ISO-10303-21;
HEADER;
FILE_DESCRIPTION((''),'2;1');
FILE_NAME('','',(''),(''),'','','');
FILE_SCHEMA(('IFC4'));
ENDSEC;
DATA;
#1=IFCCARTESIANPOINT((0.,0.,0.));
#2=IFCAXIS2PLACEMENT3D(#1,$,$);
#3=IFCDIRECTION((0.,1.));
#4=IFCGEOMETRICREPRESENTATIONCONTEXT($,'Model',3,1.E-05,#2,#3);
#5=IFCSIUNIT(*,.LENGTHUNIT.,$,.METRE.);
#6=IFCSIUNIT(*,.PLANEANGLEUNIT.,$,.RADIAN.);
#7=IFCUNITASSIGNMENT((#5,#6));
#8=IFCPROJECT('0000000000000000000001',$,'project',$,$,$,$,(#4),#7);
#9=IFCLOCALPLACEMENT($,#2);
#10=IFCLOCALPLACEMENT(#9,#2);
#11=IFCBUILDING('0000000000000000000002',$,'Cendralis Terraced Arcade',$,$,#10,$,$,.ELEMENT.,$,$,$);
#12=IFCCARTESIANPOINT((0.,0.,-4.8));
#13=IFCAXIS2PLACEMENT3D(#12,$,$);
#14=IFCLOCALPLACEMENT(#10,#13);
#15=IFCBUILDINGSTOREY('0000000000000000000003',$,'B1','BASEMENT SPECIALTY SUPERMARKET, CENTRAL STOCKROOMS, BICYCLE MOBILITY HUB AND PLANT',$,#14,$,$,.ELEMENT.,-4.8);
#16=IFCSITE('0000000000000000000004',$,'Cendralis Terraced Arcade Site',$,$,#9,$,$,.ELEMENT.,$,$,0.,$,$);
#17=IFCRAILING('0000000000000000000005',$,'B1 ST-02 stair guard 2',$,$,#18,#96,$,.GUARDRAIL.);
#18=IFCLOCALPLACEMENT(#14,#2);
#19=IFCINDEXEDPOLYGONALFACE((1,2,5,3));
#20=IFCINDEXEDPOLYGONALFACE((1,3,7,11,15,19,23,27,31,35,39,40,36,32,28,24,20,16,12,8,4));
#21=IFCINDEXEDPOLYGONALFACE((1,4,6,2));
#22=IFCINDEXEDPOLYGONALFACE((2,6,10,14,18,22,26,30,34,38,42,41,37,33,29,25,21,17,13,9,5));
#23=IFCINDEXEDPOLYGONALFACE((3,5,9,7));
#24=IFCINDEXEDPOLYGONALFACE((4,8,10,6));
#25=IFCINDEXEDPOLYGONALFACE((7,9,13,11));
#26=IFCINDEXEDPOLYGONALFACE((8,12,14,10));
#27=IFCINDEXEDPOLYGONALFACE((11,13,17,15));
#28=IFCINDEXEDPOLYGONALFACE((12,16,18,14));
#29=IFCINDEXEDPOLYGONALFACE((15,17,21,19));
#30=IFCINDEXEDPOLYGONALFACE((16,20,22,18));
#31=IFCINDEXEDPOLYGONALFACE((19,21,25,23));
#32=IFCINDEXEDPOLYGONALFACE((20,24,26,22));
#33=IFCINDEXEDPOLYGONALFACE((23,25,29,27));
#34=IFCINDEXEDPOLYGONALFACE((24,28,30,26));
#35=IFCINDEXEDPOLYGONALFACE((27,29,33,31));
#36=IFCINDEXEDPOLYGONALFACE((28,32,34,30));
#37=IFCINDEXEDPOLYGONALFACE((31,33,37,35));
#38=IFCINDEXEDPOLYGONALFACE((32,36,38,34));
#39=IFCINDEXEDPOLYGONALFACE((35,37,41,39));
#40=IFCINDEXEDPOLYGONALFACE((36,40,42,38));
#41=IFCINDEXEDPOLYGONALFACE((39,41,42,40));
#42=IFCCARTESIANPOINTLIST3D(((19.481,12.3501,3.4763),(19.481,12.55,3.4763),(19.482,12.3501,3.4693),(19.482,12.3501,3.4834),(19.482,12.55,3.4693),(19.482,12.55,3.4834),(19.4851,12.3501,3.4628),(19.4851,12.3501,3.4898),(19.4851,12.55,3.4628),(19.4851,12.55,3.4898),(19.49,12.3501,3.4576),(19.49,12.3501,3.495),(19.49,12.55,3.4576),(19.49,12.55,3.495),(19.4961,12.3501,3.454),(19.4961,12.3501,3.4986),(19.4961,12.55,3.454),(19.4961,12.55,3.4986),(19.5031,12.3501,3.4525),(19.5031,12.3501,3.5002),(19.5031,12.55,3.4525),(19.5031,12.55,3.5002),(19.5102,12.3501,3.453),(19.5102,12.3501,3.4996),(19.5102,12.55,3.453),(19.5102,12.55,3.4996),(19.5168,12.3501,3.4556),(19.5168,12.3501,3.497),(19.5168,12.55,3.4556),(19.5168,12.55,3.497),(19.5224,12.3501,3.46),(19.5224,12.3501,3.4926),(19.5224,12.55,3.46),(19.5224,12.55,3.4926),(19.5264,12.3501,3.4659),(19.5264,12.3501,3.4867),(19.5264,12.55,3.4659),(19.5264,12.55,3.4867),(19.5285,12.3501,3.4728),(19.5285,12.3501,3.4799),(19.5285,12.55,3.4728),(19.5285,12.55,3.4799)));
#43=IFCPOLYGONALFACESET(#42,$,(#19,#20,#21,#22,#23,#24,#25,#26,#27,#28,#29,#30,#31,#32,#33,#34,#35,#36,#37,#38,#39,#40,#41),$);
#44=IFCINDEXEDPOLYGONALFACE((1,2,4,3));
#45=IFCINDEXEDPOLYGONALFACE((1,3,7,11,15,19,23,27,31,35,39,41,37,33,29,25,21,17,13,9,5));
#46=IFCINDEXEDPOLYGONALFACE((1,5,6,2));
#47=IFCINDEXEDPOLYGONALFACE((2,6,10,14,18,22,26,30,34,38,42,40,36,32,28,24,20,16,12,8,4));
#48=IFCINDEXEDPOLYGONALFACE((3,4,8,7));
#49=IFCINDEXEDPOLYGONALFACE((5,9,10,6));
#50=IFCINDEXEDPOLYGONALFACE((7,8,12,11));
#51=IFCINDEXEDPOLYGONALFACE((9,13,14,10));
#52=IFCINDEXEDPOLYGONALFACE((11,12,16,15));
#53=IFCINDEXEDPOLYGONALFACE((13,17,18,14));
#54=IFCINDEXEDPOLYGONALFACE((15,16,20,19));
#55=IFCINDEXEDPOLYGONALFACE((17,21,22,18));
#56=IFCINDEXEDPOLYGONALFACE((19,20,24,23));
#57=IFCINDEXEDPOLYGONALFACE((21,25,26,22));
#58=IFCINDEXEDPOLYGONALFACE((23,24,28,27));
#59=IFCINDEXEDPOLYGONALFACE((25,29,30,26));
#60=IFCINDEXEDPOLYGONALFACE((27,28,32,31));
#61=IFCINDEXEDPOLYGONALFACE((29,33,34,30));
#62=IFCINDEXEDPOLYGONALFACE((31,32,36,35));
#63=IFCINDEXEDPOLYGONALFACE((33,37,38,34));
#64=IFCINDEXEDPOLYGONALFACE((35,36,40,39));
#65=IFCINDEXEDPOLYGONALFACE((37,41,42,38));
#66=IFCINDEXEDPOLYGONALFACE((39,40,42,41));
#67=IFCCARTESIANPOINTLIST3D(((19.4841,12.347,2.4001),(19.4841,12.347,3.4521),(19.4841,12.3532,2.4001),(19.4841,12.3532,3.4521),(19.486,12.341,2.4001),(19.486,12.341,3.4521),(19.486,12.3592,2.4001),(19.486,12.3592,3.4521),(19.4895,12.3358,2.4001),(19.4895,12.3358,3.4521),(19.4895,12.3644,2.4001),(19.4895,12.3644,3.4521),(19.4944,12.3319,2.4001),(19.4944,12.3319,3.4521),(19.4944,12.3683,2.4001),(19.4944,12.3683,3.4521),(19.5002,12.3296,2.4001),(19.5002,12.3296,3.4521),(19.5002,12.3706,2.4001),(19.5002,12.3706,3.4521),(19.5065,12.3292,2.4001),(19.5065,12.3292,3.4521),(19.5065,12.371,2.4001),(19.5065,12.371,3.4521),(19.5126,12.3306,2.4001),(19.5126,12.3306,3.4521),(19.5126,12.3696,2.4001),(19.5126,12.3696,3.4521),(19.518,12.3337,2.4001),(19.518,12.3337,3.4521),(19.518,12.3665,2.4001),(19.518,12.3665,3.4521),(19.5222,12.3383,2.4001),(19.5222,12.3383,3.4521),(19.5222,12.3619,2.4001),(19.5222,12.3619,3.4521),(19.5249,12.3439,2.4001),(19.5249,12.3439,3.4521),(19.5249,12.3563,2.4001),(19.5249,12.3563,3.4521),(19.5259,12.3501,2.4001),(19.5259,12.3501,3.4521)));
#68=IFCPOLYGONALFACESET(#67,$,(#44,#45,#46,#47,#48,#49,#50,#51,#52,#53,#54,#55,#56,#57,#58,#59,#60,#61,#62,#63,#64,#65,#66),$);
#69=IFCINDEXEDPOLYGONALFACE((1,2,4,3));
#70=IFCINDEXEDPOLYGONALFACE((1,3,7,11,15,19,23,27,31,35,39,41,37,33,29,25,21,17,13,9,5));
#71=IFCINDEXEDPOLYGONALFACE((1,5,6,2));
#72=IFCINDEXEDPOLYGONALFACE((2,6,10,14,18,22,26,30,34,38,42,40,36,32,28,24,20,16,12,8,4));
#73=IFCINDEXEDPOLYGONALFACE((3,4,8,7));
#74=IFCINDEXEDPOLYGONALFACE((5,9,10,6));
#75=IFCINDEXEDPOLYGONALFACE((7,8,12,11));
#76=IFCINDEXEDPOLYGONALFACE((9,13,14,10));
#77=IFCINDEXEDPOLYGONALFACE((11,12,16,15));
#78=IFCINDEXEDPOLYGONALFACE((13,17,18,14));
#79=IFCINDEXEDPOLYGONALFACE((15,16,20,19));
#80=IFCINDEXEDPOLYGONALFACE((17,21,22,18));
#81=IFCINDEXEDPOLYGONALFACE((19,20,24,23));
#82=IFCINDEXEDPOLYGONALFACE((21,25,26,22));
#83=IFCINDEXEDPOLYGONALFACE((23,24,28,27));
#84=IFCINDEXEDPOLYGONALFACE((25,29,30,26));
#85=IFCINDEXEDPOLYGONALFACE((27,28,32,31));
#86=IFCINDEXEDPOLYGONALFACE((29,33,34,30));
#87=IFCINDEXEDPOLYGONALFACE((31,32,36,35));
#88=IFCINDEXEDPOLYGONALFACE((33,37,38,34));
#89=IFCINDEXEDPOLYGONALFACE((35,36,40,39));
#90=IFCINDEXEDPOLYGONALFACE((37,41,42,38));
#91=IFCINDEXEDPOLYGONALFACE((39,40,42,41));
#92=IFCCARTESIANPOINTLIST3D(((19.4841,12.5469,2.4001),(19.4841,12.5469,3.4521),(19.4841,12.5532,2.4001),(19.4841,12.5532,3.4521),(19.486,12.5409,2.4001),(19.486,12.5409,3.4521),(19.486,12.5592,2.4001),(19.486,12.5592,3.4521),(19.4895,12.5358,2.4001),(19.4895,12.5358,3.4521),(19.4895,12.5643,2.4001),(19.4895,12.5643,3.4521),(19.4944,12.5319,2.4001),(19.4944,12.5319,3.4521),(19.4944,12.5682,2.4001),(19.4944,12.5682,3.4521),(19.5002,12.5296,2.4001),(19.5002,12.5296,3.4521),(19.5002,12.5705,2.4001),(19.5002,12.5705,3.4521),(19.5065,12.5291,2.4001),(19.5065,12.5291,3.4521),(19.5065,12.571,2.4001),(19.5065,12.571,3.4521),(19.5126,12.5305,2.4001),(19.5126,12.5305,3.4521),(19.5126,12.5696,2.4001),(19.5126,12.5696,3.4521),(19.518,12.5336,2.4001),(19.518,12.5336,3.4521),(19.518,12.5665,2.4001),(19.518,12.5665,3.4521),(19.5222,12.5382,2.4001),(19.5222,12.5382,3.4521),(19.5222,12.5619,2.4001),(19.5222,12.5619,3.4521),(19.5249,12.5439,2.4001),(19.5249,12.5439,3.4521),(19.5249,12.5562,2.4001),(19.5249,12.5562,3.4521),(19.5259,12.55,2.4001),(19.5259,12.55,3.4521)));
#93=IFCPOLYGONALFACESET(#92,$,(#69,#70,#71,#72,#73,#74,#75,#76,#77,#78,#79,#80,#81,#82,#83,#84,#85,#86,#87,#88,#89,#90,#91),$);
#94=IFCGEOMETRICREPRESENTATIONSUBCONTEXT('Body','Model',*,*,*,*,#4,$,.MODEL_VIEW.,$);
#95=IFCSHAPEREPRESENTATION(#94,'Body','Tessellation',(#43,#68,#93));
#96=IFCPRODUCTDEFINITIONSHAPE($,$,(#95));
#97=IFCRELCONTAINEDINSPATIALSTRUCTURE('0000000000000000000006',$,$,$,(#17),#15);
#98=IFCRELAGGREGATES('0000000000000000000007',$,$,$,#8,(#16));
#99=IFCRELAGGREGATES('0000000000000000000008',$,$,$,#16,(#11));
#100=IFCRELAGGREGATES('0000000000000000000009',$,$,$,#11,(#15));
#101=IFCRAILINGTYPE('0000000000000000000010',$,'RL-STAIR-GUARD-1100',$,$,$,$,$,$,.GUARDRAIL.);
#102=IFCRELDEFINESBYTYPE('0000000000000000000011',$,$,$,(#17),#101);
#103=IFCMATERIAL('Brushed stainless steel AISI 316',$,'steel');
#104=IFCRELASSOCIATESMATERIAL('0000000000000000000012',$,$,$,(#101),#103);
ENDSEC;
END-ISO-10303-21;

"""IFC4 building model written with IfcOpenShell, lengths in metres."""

from ifc_helpers import new_model, si_unit, direction, frame, origin, origin_2d, place, context, subcontext, project, spatial, circle, extrude, material, type_object, element, save


model = new_model("IFC4")

# Units and contexts
model_context = context("Model", 3, precision=1e-05, world=origin(), true_north=direction((0.0, 1.0)))
body_context = subcontext(model_context, "Body", "Model", "MODEL_VIEW")
ifc_project = project(units=[si_unit("LENGTHUNIT", "METRE"), si_unit("PLANEANGLEUNIT", "RADIAN")], contexts=[model_context])

# Site, building, storey
site_placement = place(None, origin())
site = spatial("IfcSite", under=ifc_project, at=site_placement, Name="Cendralis Terraced Arcade Site", CompositionType="ELEMENT", RefElevation=0.0)
building_placement = place(site_placement, origin())
building = spatial("IfcBuilding", under=site, at=building_placement, Name="Cendralis Terraced Arcade", CompositionType="ELEMENT")
storey_placement = place(building_placement, frame((0.0, 0.0, -4.8)))
storey = spatial("IfcBuildingStorey", under=building, at=storey_placement, Name="B1", Description="BASEMENT SPECIALTY SUPERMARKET, CENTRAL STOCKROOMS, BICYCLE MOBILITY HUB AND PLANT", CompositionType="ELEMENT", Elevation=-4.8)

# Railing
ifc_material_1 = material(Name="Brushed stainless steel AISI 316", Category="steel")
railing_type_1 = type_object("IfcRailingType", Name="RL-STAIR-GUARD-1100", PredefinedType="GUARDRAIL", material=ifc_material_1)
railing_1_placement = place(storey_placement, frame((19.5049, 12.3501, 2.4001)))
element("IfcRailing", 1, at=railing_1_placement, inside=storey, type_object=railing_type_1, Name="B1 ST-02 stair guard 2", PredefinedType="GUARDRAIL", context=body_context, shape_type="SweptSolid", body=[
    extrude(circle(Radius=0.0239, at=origin_2d()), frame((0.0, 0.0, 1.0762), z_axis=(0.0, 1.0, 0.0), x_axis=(-1.0, 0.0, 0.0)), (0.0, 0.0, 1.0), 0.2),
    extrude(circle(Radius=0.021, at=origin_2d()), origin(), (0.0, 0.0, 1.0), 1.052),
    extrude(circle(Radius=0.021, at=origin_2d()), frame((0.0, 0.2, 0.0)), (0.0, 0.0, 1.0), 1.052),
])

save(model, "model.ifc")
